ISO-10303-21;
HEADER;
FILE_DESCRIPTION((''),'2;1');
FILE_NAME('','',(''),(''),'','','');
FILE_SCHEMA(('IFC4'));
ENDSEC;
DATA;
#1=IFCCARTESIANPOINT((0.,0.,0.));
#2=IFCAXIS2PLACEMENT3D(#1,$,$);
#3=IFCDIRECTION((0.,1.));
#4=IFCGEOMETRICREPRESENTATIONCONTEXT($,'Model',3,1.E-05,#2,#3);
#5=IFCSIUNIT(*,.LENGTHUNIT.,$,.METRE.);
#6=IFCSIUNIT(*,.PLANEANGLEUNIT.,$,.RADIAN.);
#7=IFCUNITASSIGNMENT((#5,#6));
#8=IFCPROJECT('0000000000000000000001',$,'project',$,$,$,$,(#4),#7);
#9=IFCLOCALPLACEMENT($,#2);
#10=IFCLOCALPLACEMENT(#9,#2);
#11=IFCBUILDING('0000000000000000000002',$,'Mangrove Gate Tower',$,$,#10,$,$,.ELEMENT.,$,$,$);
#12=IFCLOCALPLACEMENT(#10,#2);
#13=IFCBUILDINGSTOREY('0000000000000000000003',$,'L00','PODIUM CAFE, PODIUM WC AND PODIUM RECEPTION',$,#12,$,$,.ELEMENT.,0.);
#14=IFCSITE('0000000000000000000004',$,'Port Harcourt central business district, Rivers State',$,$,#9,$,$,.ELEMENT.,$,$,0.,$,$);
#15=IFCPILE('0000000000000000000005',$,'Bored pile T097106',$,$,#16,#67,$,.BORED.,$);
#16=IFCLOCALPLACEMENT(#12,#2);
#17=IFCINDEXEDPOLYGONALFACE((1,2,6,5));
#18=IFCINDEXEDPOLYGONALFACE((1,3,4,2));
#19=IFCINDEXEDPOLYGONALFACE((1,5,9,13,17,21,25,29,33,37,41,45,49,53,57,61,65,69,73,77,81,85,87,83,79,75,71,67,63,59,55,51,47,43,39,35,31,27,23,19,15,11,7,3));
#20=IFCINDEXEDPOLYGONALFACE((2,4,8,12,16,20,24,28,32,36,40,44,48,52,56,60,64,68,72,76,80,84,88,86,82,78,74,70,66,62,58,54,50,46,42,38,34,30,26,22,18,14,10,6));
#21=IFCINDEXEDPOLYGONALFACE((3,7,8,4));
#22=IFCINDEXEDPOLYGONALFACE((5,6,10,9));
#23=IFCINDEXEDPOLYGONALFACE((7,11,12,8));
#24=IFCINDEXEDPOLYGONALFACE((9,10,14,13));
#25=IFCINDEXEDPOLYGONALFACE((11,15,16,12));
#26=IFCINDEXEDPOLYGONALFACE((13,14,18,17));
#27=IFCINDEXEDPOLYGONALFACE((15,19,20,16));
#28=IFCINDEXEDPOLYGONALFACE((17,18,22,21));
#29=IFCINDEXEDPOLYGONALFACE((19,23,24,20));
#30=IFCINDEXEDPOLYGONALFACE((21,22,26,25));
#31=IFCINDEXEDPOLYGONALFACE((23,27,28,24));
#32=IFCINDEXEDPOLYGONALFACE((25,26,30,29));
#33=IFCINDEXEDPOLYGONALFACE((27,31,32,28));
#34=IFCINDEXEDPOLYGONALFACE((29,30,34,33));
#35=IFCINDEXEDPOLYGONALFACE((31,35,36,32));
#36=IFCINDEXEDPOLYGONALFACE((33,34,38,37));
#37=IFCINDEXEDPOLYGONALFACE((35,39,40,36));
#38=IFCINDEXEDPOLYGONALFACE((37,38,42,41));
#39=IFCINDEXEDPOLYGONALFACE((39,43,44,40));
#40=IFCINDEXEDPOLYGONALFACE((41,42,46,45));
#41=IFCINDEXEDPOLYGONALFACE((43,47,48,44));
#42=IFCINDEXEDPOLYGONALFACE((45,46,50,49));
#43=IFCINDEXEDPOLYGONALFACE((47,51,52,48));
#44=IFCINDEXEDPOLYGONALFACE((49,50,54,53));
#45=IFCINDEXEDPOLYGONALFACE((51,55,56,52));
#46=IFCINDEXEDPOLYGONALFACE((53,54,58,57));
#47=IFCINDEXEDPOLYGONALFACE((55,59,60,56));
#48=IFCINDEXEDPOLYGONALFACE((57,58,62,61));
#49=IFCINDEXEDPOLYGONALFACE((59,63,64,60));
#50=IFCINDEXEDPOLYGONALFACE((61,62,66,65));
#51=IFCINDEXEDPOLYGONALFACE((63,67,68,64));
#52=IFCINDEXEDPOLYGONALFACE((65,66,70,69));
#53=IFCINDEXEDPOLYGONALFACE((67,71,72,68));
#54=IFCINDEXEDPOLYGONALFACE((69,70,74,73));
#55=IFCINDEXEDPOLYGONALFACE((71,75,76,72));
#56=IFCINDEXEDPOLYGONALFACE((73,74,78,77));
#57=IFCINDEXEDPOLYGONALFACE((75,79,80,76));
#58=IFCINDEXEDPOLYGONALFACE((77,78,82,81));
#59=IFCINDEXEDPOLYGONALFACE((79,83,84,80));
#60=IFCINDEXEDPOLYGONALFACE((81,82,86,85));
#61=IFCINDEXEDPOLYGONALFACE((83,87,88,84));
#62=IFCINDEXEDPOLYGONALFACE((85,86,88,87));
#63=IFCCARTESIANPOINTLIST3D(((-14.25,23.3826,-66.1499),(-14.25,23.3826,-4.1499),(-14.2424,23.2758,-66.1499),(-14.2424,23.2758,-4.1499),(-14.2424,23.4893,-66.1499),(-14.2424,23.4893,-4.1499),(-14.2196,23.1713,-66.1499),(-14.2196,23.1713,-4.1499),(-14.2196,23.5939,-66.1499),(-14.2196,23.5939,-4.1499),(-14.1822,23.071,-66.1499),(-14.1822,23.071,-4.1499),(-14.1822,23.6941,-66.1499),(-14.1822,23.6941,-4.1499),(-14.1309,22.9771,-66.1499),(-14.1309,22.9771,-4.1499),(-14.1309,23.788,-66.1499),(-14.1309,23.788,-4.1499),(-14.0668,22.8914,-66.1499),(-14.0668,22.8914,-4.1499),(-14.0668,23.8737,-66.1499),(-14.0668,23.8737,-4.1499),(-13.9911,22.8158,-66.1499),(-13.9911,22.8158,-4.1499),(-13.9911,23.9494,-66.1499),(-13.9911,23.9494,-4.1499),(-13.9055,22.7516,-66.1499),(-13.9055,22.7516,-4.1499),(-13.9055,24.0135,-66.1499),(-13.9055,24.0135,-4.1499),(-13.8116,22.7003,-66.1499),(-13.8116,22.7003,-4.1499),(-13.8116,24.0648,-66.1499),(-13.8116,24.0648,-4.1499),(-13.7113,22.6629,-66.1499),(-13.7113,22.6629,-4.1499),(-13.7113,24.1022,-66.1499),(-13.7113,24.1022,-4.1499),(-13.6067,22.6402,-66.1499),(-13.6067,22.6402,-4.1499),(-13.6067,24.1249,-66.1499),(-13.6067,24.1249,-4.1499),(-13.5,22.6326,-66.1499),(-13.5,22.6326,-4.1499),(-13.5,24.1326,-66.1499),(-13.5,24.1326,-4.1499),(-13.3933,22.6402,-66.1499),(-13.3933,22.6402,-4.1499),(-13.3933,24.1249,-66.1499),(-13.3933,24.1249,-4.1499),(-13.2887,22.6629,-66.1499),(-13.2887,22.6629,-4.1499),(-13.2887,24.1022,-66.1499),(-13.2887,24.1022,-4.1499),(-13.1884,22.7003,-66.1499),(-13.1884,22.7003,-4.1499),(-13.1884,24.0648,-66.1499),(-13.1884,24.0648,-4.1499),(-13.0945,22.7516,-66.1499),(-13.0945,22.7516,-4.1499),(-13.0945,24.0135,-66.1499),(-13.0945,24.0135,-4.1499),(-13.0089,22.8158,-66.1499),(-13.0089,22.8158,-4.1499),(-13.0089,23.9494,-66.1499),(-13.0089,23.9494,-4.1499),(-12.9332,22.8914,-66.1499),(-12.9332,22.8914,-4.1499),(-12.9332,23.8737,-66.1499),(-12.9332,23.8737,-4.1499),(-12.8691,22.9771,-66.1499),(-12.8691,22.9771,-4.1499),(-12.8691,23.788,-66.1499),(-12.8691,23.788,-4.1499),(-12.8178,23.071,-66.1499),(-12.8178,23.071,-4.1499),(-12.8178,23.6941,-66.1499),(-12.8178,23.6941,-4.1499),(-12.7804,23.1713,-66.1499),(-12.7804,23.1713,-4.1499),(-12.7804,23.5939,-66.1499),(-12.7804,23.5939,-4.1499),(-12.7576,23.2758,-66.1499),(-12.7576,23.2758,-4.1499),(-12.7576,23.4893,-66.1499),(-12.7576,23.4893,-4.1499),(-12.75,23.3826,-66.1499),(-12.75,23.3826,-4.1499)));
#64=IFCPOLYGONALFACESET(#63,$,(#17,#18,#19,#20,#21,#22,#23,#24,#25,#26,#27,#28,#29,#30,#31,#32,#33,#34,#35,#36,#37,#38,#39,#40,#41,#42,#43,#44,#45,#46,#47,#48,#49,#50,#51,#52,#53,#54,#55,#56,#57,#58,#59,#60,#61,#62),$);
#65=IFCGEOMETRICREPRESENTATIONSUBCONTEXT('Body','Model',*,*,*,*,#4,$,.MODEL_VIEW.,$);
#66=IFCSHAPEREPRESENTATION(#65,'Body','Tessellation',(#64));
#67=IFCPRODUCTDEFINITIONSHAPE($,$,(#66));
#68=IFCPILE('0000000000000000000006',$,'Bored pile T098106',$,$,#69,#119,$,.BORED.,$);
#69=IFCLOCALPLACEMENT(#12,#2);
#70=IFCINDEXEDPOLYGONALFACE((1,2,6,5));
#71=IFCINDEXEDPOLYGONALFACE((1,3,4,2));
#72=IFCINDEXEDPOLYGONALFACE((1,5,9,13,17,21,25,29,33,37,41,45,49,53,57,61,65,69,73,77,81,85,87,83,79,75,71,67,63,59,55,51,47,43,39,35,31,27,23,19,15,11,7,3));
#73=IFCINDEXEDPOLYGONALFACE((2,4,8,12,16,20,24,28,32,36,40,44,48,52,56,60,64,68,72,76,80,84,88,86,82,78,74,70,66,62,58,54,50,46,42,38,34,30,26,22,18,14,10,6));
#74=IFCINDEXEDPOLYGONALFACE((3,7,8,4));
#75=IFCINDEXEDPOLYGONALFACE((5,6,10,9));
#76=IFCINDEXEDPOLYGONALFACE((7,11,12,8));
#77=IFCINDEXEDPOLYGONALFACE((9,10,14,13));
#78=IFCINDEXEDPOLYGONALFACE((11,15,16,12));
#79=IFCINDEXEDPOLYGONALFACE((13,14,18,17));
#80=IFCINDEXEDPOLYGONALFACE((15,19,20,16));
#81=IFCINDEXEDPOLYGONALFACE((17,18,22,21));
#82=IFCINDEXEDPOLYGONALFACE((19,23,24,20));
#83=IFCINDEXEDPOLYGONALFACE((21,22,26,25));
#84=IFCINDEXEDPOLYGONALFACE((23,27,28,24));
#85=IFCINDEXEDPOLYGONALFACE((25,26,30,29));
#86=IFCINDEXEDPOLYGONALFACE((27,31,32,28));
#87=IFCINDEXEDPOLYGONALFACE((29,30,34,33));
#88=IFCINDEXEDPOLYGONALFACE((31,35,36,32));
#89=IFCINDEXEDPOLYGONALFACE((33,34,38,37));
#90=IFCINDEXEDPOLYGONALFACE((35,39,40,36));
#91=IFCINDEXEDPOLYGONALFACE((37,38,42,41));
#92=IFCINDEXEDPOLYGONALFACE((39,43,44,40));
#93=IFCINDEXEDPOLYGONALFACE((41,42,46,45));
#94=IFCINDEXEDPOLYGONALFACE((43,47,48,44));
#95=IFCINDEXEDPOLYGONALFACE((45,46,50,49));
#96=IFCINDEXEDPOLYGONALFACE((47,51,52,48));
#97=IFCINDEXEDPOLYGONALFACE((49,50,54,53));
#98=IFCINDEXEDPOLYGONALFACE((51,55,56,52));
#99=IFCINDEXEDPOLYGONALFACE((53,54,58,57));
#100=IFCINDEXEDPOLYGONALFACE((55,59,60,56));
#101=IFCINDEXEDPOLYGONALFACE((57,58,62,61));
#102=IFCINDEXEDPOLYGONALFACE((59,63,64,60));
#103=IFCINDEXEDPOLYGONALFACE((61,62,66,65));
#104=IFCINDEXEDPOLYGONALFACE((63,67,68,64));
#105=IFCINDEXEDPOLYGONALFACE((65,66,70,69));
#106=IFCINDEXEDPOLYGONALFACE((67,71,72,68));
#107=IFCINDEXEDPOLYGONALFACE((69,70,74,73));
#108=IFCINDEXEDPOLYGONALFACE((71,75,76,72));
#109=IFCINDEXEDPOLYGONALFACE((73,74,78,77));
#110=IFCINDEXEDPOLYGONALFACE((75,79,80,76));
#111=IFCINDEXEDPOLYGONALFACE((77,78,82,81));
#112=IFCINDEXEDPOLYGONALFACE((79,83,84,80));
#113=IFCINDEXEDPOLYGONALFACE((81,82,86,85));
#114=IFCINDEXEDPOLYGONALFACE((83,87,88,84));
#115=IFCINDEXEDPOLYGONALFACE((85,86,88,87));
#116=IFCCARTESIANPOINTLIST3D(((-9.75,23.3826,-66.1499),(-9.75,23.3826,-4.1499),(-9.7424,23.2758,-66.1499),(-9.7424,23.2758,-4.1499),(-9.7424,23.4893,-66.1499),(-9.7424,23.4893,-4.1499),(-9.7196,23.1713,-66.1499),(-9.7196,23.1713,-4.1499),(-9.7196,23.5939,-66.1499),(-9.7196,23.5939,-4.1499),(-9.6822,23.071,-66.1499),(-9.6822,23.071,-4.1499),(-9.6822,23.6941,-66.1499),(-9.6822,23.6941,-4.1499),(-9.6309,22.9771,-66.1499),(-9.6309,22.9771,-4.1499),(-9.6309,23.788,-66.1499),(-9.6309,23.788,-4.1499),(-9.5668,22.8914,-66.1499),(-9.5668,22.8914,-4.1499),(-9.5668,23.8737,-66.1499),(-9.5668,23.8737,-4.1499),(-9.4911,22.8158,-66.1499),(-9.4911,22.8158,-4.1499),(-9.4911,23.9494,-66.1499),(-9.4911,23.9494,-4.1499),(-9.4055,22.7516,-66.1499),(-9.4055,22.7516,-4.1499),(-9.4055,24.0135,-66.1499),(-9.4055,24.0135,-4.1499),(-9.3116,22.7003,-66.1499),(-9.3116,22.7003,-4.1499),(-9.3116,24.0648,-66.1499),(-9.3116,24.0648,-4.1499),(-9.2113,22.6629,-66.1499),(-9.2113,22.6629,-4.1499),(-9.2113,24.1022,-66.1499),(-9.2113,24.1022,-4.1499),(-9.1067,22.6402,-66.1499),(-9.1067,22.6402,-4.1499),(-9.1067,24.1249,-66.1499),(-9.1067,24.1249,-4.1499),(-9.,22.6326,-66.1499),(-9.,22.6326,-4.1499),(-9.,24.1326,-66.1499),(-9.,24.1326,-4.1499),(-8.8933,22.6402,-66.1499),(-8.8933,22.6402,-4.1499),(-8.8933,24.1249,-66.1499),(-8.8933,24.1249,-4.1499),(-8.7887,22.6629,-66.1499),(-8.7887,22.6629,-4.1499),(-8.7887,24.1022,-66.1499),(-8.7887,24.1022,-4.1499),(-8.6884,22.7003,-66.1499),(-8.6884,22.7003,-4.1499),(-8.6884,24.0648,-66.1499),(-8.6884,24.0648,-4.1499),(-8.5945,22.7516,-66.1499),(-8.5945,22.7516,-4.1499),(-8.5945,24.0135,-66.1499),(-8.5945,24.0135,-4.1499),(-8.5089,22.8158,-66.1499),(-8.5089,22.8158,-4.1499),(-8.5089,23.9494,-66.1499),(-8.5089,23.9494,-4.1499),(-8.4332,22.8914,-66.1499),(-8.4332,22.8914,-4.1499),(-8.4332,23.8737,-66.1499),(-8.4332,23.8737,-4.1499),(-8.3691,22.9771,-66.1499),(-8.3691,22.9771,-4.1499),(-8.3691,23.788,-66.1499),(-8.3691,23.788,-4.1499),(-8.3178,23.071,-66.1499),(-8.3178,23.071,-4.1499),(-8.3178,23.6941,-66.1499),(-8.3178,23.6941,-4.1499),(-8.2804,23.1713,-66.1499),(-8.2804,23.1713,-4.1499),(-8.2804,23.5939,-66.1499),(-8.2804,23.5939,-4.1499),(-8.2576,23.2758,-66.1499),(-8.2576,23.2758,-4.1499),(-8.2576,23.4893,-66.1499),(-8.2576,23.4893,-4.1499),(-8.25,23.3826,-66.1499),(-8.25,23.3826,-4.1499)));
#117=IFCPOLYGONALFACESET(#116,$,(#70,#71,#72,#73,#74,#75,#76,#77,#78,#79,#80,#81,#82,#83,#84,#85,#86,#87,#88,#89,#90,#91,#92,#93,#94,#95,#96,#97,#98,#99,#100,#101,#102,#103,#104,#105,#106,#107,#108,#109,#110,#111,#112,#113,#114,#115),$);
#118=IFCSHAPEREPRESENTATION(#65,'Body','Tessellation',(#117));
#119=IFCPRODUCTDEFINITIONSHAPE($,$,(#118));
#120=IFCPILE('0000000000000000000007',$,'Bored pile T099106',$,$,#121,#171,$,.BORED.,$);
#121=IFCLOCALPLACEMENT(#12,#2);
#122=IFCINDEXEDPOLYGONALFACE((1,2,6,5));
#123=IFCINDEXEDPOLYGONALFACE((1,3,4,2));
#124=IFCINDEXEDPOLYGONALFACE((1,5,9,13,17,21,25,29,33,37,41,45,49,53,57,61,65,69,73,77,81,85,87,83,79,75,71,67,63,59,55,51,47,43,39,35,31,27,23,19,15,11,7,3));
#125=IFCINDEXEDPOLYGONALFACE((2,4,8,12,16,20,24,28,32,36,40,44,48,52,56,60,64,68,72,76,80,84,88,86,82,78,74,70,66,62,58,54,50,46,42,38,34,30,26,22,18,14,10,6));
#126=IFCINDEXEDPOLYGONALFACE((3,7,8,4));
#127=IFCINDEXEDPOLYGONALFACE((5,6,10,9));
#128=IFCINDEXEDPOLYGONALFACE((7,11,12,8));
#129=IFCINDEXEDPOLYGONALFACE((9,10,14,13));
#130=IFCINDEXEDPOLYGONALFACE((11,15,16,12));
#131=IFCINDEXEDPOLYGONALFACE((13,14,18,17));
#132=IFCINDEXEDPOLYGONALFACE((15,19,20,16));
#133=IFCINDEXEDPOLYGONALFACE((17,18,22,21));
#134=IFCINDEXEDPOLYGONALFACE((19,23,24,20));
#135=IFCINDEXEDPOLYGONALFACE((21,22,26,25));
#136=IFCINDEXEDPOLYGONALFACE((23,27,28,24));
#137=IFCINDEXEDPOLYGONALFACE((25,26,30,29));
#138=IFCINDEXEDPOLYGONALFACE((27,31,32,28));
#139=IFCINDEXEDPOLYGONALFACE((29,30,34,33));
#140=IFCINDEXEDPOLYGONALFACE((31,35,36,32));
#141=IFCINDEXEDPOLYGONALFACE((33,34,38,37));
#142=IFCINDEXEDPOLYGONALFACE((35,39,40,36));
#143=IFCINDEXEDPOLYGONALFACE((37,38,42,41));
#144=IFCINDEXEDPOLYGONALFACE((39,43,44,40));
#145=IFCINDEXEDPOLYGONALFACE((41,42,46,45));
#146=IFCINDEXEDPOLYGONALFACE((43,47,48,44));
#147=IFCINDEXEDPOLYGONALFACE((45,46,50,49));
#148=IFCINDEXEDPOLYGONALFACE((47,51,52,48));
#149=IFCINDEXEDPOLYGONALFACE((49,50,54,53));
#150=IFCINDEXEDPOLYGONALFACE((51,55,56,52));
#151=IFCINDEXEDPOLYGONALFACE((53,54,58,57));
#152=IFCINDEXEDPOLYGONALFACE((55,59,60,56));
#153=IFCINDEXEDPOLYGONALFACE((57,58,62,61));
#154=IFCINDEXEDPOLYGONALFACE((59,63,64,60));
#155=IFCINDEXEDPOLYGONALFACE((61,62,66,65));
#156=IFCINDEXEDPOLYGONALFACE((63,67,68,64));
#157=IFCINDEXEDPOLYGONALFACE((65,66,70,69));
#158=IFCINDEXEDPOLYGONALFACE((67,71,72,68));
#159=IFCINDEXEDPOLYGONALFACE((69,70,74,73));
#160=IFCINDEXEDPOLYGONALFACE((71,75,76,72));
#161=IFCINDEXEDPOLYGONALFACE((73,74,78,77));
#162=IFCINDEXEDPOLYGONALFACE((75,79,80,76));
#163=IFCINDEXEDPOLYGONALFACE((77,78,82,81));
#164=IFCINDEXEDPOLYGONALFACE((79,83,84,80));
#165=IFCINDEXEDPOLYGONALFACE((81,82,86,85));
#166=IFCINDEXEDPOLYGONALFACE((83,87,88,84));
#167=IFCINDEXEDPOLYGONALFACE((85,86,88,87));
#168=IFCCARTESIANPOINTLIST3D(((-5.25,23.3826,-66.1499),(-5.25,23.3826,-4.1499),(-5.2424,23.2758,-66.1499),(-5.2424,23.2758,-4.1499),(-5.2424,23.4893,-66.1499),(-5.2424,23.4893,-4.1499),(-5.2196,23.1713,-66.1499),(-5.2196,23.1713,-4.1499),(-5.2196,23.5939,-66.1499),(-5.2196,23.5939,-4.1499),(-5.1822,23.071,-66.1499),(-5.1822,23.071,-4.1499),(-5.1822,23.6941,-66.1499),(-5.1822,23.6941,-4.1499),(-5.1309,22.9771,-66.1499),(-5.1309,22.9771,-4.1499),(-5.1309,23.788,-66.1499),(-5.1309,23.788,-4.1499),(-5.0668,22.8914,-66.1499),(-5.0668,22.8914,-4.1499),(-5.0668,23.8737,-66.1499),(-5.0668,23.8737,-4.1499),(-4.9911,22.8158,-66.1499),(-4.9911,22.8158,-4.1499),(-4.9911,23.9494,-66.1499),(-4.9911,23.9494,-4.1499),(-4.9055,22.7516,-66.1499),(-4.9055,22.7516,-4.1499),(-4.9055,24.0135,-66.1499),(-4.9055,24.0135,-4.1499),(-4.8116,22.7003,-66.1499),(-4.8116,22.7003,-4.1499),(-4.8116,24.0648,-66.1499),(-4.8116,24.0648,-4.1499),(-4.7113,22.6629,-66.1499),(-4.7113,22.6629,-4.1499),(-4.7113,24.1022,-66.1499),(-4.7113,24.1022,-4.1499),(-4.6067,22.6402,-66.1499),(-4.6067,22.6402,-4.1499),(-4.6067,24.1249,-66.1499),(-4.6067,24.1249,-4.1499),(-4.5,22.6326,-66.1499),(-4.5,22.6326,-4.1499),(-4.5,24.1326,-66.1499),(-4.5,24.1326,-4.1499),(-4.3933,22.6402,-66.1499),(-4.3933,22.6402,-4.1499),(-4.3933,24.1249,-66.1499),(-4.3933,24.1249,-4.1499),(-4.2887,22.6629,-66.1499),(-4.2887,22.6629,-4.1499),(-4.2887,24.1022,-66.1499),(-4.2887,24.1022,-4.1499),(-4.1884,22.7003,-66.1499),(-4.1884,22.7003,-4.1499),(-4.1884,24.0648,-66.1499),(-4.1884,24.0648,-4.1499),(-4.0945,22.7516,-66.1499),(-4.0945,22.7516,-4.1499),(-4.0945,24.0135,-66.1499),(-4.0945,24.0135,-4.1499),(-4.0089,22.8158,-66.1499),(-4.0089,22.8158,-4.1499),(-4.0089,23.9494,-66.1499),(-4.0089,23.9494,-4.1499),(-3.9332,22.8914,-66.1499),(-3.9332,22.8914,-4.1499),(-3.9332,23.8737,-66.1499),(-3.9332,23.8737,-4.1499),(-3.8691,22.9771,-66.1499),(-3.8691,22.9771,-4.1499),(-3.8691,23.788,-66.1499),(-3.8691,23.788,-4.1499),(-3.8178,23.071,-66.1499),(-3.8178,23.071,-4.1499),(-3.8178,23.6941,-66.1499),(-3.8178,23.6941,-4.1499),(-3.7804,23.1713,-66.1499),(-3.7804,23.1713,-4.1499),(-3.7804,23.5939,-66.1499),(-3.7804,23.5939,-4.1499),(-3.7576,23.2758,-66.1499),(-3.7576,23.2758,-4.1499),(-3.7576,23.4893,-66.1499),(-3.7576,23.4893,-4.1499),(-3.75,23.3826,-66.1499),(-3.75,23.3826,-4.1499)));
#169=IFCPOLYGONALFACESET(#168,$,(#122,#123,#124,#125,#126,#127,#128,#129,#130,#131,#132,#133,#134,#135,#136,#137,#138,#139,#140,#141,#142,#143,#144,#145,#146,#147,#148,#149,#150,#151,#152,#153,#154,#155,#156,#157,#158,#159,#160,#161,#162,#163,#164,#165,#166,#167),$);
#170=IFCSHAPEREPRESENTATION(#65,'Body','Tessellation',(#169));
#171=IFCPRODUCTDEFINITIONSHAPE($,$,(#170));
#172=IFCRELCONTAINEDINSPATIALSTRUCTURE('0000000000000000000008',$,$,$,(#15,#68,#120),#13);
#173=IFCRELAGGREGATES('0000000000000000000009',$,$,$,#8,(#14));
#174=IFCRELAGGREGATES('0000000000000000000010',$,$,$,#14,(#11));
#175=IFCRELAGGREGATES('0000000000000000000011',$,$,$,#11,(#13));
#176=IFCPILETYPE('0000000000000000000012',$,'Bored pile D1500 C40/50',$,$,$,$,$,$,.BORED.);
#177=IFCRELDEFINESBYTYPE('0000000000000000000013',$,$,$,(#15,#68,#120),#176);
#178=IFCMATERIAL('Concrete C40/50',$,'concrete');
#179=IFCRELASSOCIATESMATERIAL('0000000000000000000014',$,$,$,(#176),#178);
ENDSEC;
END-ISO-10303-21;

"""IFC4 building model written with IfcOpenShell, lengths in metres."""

from ifc_helpers import new_model, si_unit, direction, frame, origin, origin_2d, place, context, subcontext, project, spatial, circle, extrude, material, material_profile, profile_set, type_object, element, save


model = new_model("IFC4")

# Units and contexts
model_context = context("Model", 3, precision=1e-05, world=origin(), true_north=direction((0.0, 1.0)))
body_context = subcontext(model_context, "Body", "Model", "MODEL_VIEW")
ifc_project = project(units=[si_unit("LENGTHUNIT", "METRE"), si_unit("PLANEANGLEUNIT", "RADIAN")], contexts=[model_context])

# Site, building, storey
site_placement = place(None, origin())
site = spatial("IfcSite", under=ifc_project, at=site_placement, Name="Port Harcourt central business district, Rivers State", CompositionType="ELEMENT", RefElevation=0.0)
building_placement = place(site_placement, origin())
building = spatial("IfcBuilding", under=site, at=building_placement, Name="Mangrove Gate Tower", CompositionType="ELEMENT")
storey_placement = place(building_placement, origin())
storey = spatial("IfcBuildingStorey", under=building, at=storey_placement, Name="L00", Description="PODIUM CAFE, PODIUM WC AND PODIUM RECEPTION", CompositionType="ELEMENT", Elevation=0.0)

# Piles
ifc_material_1 = material(Name="Concrete C40/50", Category="concrete")
ifc_material_profile_1 = material_profile(ifc_material_1, circle(Radius=0.75, at=origin_2d()))
ifc_profile_set_1 = profile_set([ifc_material_profile_1], Name="Concrete C40/50")
pile_type = type_object("IfcPileType", Name="Bored pile D1500 C40/50", PredefinedType="BORED", material=ifc_profile_set_1)
for number, where, z_axis, x_axis, name in (
    (1, (-13.5, 23.3826, -4.1499), (0.0, 0.0, -1.0), (1.0, 0.0, 0.0), "Bored pile T097106"),
    (2, (-9.0, 23.3826, -4.1499), (0.0, 0.0, -1.0), (1.0, 0.0, 0.0), "Bored pile T098106"),
    (3, (-4.5, 23.3826, -4.1499), (0.0, 0.0, -1.0), (1.0, 0.0, 0.0), "Bored pile T099106"),
):
    element("IfcPile", number, at=place(storey_placement, frame(where, z_axis=z_axis, x_axis=x_axis)), inside=storey, type_object=pile_type, Name=name, PredefinedType="BORED", context=body_context, shape_type="SweptSolid", body=[
        extrude(circle(Radius=0.75, at=origin_2d()), origin(), (0.0, 0.0, 1.0), 62.0),
    ])

save(model, "model.ifc")
